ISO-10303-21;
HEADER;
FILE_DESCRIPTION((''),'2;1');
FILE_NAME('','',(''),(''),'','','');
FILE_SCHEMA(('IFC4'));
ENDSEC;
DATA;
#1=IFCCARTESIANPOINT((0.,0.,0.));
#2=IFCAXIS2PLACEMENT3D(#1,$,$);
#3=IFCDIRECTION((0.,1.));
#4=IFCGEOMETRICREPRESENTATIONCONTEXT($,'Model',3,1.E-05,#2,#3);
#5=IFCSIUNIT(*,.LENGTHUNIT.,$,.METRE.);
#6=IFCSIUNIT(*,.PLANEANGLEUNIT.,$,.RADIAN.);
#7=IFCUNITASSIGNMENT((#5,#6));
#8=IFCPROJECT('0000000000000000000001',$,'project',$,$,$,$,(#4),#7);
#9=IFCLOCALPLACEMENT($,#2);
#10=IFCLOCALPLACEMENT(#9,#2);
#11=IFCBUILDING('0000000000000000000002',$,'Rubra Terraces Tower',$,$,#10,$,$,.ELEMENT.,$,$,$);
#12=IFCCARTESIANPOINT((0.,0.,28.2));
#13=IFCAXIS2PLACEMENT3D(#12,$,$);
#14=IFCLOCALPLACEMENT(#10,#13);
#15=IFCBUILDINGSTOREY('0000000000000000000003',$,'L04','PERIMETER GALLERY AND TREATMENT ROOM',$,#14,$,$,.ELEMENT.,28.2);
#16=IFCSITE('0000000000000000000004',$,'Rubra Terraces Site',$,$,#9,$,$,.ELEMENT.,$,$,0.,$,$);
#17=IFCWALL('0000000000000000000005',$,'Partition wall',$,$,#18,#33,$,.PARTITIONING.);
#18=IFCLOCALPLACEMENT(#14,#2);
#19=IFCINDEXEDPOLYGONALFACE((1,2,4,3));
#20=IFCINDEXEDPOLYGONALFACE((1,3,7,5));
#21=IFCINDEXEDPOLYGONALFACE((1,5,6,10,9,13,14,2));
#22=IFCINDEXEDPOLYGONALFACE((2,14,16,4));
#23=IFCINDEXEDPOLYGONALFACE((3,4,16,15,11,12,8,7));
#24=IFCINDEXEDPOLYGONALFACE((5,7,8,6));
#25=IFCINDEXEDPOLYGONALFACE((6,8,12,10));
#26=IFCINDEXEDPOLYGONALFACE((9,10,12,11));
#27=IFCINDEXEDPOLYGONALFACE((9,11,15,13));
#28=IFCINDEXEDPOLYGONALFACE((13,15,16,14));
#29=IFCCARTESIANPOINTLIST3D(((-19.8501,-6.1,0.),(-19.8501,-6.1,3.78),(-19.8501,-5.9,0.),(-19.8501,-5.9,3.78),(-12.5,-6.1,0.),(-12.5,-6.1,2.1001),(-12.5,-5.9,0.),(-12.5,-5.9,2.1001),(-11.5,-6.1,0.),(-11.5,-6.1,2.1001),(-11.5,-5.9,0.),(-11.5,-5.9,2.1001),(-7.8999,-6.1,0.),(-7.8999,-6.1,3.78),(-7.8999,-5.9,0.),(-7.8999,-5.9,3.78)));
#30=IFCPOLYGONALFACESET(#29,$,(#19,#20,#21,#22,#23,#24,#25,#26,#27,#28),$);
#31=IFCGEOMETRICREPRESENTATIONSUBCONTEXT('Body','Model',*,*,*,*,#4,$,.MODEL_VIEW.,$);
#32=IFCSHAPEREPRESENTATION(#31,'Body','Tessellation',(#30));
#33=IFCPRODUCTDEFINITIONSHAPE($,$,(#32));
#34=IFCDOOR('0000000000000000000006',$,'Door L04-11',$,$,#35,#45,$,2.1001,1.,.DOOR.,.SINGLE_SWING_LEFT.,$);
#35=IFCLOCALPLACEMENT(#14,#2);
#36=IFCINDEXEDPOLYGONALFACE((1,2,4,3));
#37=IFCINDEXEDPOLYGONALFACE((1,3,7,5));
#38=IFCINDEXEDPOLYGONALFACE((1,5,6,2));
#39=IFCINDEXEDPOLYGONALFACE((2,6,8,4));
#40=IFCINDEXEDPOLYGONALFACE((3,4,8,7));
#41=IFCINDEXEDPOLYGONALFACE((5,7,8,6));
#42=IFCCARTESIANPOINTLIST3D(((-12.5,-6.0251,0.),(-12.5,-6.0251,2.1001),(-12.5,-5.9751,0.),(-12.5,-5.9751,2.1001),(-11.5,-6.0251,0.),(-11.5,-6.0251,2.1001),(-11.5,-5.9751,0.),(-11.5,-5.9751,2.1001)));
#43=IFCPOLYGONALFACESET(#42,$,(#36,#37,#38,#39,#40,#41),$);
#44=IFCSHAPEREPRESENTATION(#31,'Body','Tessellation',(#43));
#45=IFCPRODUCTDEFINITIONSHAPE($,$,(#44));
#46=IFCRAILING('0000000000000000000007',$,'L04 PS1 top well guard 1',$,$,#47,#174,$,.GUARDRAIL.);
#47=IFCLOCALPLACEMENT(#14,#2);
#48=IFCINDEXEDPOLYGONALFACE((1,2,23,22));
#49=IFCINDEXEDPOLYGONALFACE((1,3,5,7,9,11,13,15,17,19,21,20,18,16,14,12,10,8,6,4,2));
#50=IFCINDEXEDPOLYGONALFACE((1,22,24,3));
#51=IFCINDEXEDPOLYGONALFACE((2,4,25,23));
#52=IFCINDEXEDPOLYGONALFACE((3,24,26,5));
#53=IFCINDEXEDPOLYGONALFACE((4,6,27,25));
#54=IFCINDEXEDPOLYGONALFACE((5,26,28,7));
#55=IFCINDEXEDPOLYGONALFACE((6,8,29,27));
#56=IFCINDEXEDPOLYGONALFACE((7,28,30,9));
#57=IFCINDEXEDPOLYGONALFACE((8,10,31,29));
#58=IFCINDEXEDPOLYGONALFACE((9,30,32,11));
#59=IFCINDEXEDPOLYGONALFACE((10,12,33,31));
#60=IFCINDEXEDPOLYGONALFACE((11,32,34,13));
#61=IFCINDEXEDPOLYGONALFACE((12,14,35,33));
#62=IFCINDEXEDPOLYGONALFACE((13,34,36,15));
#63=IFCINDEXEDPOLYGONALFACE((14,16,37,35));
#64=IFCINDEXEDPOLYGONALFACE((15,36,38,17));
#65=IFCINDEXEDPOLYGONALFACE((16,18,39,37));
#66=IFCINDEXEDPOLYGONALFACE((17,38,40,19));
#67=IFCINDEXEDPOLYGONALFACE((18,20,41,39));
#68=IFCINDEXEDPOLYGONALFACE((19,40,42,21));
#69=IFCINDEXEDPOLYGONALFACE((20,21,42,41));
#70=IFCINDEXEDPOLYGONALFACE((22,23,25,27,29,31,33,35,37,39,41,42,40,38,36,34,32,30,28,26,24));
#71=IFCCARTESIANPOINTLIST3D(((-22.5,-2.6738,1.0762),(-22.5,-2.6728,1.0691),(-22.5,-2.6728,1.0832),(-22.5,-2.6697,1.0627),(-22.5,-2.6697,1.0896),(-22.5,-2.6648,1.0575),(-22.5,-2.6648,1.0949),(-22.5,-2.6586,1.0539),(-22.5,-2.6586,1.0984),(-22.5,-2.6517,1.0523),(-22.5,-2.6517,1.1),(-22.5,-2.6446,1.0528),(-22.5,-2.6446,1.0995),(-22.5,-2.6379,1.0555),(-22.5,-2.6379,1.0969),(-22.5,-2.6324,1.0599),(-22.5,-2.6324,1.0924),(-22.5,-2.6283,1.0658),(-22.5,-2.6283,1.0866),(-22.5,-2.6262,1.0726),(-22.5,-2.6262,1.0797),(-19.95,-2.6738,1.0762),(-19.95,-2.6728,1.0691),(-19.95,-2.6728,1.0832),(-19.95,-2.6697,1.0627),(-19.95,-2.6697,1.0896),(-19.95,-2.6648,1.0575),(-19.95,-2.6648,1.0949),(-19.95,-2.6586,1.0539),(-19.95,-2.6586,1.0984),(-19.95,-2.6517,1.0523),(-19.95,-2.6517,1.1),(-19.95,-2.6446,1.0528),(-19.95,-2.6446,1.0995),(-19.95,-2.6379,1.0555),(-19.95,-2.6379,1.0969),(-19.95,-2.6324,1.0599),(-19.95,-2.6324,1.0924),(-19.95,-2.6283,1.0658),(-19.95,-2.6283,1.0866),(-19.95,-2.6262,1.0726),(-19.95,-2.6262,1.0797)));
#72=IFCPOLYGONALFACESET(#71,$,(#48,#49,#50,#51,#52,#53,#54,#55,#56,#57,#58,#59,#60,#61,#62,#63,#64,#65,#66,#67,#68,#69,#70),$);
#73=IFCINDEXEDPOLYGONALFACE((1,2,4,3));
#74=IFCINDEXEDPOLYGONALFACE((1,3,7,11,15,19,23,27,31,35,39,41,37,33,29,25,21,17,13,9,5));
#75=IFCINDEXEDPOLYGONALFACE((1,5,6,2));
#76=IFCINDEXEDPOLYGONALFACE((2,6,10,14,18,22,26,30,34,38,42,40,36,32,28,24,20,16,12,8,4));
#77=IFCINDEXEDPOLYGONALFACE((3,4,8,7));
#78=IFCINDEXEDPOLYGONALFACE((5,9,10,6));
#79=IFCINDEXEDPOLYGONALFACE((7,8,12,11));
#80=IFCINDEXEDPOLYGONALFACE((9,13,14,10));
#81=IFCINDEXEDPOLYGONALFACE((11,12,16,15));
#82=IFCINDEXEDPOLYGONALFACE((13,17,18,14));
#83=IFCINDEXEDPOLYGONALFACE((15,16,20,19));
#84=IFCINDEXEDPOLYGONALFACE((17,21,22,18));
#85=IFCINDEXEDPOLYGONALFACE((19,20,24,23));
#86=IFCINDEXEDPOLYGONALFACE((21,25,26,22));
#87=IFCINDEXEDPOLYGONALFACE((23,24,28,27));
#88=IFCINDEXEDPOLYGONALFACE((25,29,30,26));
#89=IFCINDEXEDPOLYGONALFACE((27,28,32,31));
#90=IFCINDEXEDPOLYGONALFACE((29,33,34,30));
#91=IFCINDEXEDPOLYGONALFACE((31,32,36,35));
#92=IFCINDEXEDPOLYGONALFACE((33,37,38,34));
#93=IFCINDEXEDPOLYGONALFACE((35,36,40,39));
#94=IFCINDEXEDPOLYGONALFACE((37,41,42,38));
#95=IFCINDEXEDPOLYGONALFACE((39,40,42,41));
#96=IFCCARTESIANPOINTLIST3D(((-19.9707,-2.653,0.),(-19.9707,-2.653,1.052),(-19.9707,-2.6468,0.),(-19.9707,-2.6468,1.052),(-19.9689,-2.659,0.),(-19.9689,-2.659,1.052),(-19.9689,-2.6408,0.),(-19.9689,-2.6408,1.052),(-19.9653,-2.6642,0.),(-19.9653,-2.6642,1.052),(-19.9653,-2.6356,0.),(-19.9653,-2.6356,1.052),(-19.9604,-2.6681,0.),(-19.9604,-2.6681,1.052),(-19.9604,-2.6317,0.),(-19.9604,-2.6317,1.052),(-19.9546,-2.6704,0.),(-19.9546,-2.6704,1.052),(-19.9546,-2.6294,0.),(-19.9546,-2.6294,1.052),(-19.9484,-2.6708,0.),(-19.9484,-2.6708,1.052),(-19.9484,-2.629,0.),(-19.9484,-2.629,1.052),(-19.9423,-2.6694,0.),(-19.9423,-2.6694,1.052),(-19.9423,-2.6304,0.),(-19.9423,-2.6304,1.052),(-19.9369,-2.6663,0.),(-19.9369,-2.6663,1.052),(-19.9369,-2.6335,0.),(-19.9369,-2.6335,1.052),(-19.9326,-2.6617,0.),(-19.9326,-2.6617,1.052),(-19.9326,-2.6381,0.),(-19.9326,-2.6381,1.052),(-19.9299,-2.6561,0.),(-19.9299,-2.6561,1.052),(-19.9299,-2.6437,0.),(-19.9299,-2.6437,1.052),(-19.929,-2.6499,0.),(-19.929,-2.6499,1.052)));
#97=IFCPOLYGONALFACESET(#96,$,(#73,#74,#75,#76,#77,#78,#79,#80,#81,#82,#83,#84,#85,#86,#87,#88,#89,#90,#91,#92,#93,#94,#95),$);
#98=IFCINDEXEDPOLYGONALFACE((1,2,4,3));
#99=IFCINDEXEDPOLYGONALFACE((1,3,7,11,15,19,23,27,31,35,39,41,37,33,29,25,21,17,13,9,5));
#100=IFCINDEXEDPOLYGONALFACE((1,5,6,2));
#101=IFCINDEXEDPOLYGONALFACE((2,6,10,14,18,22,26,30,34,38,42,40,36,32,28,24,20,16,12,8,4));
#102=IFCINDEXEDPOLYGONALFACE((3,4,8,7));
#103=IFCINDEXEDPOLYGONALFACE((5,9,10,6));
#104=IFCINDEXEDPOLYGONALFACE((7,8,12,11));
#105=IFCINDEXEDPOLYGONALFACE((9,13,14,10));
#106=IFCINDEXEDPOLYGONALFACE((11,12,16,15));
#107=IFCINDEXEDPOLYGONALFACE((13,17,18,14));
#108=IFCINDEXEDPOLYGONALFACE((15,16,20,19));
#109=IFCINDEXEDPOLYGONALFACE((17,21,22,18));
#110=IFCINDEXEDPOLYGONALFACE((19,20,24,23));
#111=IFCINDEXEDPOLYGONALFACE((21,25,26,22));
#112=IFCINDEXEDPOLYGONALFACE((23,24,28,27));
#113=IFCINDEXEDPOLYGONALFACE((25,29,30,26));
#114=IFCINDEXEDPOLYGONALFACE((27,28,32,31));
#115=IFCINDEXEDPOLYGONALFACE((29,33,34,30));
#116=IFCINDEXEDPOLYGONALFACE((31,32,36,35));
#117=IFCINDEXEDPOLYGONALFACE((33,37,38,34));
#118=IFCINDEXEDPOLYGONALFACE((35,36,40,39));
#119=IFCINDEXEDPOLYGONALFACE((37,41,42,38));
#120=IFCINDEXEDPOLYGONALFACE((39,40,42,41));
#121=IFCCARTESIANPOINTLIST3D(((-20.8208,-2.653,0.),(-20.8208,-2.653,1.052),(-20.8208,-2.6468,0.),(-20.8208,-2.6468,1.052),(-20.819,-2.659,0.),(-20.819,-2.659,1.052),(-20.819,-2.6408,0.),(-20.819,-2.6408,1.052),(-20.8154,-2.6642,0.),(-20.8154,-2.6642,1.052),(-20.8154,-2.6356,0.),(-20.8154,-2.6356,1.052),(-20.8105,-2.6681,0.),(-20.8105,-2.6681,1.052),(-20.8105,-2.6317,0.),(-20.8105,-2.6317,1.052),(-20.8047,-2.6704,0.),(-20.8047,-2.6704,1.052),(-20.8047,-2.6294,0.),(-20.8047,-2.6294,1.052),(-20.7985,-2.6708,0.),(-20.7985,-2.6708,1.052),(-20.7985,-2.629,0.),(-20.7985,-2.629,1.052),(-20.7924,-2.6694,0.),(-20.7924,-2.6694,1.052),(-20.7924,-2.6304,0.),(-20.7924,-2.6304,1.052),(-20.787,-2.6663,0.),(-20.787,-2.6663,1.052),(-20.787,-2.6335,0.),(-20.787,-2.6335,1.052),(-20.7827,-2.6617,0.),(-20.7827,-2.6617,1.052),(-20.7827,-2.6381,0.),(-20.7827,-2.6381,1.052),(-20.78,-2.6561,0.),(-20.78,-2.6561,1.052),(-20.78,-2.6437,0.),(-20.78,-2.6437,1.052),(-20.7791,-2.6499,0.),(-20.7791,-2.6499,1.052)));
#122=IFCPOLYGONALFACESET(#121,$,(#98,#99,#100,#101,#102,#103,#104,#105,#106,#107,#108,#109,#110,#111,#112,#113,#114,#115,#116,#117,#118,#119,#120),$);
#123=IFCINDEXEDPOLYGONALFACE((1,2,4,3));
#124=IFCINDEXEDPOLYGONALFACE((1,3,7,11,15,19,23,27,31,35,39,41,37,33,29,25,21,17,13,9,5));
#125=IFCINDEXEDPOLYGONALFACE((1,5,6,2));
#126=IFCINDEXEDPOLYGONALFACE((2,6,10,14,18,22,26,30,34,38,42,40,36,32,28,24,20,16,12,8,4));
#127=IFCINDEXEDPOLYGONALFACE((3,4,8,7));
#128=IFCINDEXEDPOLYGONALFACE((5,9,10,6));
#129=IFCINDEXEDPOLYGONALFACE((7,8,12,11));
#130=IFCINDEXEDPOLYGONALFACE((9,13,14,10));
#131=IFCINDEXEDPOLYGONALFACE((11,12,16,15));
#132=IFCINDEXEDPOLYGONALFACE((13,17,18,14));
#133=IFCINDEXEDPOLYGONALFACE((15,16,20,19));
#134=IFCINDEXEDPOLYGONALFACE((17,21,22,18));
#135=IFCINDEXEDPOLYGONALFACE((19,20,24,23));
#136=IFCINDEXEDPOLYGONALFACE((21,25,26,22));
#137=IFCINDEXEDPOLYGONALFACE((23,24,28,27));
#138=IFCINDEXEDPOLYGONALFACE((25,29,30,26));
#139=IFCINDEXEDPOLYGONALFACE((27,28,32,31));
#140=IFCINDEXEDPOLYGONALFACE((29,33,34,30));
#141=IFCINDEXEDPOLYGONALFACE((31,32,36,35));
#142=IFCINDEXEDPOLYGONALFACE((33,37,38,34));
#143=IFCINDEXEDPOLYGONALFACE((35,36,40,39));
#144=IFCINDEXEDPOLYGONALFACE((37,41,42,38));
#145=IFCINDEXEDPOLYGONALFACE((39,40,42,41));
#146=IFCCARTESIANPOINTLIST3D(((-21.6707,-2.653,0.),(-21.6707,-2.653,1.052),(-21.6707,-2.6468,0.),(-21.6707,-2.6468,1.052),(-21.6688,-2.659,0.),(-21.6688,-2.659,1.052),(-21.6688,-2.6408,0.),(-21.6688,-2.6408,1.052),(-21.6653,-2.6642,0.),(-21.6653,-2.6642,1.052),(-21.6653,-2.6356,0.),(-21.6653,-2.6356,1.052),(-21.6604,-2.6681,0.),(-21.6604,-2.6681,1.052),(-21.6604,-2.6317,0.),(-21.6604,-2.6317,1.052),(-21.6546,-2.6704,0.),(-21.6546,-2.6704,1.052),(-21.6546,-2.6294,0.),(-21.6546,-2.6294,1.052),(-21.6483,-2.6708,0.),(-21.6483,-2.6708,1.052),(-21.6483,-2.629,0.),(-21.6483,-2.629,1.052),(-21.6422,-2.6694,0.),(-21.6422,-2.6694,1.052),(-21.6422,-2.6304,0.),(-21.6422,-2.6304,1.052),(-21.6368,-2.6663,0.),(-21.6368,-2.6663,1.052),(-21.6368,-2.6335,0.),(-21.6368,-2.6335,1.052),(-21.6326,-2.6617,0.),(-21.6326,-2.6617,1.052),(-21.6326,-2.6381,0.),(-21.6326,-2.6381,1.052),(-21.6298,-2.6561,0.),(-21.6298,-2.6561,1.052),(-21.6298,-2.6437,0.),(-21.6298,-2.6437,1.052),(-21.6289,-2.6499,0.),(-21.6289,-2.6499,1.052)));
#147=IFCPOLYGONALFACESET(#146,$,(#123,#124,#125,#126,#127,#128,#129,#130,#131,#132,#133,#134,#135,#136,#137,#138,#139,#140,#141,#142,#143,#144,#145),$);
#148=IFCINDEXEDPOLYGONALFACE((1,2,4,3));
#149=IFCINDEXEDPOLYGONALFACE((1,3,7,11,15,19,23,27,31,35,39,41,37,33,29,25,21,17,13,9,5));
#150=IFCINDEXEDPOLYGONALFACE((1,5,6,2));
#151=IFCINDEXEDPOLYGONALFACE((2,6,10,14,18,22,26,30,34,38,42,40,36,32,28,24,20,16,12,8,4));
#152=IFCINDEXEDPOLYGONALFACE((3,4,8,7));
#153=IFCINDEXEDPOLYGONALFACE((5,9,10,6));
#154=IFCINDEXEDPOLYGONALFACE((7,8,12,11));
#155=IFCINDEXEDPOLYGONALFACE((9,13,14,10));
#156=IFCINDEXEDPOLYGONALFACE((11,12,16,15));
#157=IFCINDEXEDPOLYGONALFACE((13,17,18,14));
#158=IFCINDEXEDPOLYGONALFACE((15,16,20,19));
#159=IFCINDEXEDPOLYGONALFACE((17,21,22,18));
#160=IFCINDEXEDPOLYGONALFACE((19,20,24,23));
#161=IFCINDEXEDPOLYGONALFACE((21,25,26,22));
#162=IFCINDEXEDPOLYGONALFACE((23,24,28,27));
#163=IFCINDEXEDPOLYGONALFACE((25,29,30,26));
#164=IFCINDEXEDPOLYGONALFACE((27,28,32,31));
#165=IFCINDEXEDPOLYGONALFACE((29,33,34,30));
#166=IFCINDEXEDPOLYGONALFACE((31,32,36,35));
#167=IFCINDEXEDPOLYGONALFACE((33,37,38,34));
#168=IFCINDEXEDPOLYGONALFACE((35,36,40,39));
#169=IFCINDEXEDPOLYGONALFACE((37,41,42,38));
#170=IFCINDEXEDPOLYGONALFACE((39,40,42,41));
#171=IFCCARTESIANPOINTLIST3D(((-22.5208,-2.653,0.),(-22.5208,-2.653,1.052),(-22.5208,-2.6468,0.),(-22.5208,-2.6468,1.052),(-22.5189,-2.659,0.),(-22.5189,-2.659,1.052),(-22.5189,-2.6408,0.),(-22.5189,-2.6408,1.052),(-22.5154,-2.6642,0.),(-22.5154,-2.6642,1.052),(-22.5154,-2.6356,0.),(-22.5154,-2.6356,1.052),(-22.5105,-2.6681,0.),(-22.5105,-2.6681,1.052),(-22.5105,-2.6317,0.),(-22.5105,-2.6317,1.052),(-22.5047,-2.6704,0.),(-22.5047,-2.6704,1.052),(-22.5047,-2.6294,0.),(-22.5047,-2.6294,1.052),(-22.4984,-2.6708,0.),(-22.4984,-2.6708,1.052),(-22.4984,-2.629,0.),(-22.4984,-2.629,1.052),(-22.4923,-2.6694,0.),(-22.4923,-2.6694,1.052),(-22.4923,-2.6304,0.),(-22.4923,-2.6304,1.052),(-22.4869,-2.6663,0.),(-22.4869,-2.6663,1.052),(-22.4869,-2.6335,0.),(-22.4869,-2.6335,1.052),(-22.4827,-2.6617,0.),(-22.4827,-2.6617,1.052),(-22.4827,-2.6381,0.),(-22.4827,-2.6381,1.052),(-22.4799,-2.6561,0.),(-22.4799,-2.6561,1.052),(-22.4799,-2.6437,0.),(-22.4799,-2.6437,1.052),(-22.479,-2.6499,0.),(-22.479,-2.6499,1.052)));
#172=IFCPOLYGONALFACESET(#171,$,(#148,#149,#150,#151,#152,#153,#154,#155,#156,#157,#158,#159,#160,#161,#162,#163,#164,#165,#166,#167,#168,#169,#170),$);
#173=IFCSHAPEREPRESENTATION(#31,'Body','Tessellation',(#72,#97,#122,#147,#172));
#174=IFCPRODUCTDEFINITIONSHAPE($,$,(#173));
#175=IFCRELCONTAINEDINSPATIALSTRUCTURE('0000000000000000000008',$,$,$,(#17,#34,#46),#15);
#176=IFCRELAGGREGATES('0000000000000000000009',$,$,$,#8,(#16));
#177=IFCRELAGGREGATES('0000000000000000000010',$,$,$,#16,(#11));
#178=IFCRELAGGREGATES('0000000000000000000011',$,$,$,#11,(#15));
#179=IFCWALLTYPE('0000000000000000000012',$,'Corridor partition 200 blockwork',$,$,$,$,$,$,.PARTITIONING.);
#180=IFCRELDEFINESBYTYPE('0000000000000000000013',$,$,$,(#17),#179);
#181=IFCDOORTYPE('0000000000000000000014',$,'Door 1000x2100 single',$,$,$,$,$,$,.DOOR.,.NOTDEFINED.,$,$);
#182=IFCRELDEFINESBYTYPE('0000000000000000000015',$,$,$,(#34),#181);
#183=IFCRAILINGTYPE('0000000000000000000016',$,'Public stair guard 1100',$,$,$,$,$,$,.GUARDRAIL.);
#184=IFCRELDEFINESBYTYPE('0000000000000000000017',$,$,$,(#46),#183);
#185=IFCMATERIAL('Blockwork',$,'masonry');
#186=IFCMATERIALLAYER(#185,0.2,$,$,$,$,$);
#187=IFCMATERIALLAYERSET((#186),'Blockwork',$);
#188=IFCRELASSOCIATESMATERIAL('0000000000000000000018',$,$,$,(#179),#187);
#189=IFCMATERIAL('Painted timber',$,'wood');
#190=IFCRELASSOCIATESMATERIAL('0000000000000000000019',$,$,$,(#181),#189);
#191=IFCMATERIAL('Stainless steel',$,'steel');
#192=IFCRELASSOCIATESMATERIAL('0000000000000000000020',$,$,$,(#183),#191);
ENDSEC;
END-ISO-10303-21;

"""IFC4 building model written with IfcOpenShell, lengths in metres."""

from ifc_helpers import new_model, si_unit, direction, frame, frame_2d, origin, origin_2d, place, context, subcontext, project, spatial, rectangle, circle, extrude, material, layer, layer_set, type_object, element, fill, save


model = new_model("IFC4")

# Units and contexts
model_context = context("Model", 3, precision=1e-05, world=origin(), true_north=direction((0.0, 1.0)))
body_context = subcontext(model_context, "Body", "Model", "MODEL_VIEW")
ifc_project = project(units=[si_unit("LENGTHUNIT", "METRE"), si_unit("PLANEANGLEUNIT", "RADIAN")], contexts=[model_context])

# Site, building, storey
site_placement = place(None, origin())
site = spatial("IfcSite", under=ifc_project, at=site_placement, Name="Rubra Terraces Site", CompositionType="ELEMENT", RefElevation=0.0)
building_placement = place(site_placement, origin())
building = spatial("IfcBuilding", under=site, at=building_placement, Name="Rubra Terraces Tower", CompositionType="ELEMENT")
storey_placement = place(building_placement, frame((0.0, 0.0, 28.2)))
storey = spatial("IfcBuildingStorey", under=building, at=storey_placement, Name="L04", Description="PERIMETER GALLERY AND TREATMENT ROOM", CompositionType="ELEMENT", Elevation=28.2)

# Shared definitions
ifc_material_1 = material(Name="Blockwork", Category="masonry")
ifc_layer = layer(ifc_material_1, 0.2)
ifc_layer_set = layer_set([ifc_layer], Name="Blockwork")
wall_type = type_object("IfcWallType", Name="Corridor partition 200 blockwork", PredefinedType="PARTITIONING", material=ifc_layer_set)

# Wall, opening, door
ifc_material_2 = material(Name="Painted timber", Category="wood")
wall_1_placement = place(storey_placement, frame((-19.8501, -6.0, 0.0), z_axis=(0.0, 0.0, 1.0), x_axis=(1.0, 0.0, 0.0)))
wall_1 = element("IfcWall", 1, at=wall_1_placement, inside=storey, type_object=wall_type, Name="Partition wall", PredefinedType="PARTITIONING", context=body_context, shape_type="SweptSolid", body=[
    extrude(rectangle(XDim=11.9502, YDim=0.2, at=frame_2d((5.9751, 0.0))), origin(), (0.0, 0.0, 1.0), 3.78),
])
opening_1_placement = place(wall_1_placement, frame((7.3501, 0.0, 0.0)))
opening_1 = element("IfcOpeningElement", 2, at=opening_1_placement, cuts=wall_1, PredefinedType="OPENING", context=body_context, shape_type="SweptSolid", body=[
    extrude(rectangle(XDim=1.0, YDim=2.1001, at=frame_2d((0.5, 1.05))), frame((0.0, 0.1099, 0.0), z_axis=(0.0, -1.0, 0.0), x_axis=(1.0, 0.0, 0.0)), (0.0, 0.0, 1.0), 0.22),
])
door_type_1 = type_object("IfcDoorType", Name="Door 1000x2100 single", OperationType="NOTDEFINED", PredefinedType="DOOR", material=ifc_material_2)
door_1_placement = place(opening_1_placement, origin())
door_1 = element("IfcDoor", 3, at=door_1_placement, inside=storey, type_object=door_type_1, Name="Door L04-11", OperationType="SINGLE_SWING_LEFT", OverallHeight=2.1001, OverallWidth=1.0, PredefinedType="DOOR", context=body_context, shape_type="SweptSolid", body=[
    extrude(rectangle(XDim=1.0, YDim=2.1001, at=frame_2d((0.5, 1.05))), frame((0.0, 0.0249, 0.0), z_axis=(0.0, -1.0, 0.0), x_axis=(1.0, 0.0, 0.0)), (0.0, 0.0, 1.0), 0.05),
])
fill(opening_1, door_1)

# Railing
ifc_material_3 = material(Name="Stainless steel", Category="steel")
railing_type = type_object("IfcRailingType", Name="Public stair guard 1100", PredefinedType="GUARDRAIL", material=ifc_material_3)
railing_1_placement = place(storey_placement, frame((-19.95, -2.6499, 0.0)))
element("IfcRailing", 4, at=railing_1_placement, inside=storey, type_object=railing_type, Name="L04 PS1 top well guard 1", PredefinedType="GUARDRAIL", context=body_context, shape_type="SweptSolid", body=[
    extrude(circle(Radius=0.0239, at=origin_2d()), frame((0.0, 0.0, 1.0762), z_axis=(-1.0, 0.0, 0.0), x_axis=(0.0, -1.0, 0.0)), (0.0, 0.0, 1.0), 2.55),
    extrude(circle(Radius=0.021, at=origin_2d()), origin(), (0.0, 0.0, 1.0), 1.052),
    extrude(circle(Radius=0.021, at=origin_2d()), frame((-0.8501, 0.0, 0.0)), (0.0, 0.0, 1.0), 1.052),
    extrude(circle(Radius=0.021, at=origin_2d()), frame((-1.7, 0.0, 0.0)), (0.0, 0.0, 1.0), 1.052),
    extrude(circle(Radius=0.021, at=origin_2d()), frame((-2.55, 0.0, 0.0)), (0.0, 0.0, 1.0), 1.052),
])

save(model, "model.ifc")
